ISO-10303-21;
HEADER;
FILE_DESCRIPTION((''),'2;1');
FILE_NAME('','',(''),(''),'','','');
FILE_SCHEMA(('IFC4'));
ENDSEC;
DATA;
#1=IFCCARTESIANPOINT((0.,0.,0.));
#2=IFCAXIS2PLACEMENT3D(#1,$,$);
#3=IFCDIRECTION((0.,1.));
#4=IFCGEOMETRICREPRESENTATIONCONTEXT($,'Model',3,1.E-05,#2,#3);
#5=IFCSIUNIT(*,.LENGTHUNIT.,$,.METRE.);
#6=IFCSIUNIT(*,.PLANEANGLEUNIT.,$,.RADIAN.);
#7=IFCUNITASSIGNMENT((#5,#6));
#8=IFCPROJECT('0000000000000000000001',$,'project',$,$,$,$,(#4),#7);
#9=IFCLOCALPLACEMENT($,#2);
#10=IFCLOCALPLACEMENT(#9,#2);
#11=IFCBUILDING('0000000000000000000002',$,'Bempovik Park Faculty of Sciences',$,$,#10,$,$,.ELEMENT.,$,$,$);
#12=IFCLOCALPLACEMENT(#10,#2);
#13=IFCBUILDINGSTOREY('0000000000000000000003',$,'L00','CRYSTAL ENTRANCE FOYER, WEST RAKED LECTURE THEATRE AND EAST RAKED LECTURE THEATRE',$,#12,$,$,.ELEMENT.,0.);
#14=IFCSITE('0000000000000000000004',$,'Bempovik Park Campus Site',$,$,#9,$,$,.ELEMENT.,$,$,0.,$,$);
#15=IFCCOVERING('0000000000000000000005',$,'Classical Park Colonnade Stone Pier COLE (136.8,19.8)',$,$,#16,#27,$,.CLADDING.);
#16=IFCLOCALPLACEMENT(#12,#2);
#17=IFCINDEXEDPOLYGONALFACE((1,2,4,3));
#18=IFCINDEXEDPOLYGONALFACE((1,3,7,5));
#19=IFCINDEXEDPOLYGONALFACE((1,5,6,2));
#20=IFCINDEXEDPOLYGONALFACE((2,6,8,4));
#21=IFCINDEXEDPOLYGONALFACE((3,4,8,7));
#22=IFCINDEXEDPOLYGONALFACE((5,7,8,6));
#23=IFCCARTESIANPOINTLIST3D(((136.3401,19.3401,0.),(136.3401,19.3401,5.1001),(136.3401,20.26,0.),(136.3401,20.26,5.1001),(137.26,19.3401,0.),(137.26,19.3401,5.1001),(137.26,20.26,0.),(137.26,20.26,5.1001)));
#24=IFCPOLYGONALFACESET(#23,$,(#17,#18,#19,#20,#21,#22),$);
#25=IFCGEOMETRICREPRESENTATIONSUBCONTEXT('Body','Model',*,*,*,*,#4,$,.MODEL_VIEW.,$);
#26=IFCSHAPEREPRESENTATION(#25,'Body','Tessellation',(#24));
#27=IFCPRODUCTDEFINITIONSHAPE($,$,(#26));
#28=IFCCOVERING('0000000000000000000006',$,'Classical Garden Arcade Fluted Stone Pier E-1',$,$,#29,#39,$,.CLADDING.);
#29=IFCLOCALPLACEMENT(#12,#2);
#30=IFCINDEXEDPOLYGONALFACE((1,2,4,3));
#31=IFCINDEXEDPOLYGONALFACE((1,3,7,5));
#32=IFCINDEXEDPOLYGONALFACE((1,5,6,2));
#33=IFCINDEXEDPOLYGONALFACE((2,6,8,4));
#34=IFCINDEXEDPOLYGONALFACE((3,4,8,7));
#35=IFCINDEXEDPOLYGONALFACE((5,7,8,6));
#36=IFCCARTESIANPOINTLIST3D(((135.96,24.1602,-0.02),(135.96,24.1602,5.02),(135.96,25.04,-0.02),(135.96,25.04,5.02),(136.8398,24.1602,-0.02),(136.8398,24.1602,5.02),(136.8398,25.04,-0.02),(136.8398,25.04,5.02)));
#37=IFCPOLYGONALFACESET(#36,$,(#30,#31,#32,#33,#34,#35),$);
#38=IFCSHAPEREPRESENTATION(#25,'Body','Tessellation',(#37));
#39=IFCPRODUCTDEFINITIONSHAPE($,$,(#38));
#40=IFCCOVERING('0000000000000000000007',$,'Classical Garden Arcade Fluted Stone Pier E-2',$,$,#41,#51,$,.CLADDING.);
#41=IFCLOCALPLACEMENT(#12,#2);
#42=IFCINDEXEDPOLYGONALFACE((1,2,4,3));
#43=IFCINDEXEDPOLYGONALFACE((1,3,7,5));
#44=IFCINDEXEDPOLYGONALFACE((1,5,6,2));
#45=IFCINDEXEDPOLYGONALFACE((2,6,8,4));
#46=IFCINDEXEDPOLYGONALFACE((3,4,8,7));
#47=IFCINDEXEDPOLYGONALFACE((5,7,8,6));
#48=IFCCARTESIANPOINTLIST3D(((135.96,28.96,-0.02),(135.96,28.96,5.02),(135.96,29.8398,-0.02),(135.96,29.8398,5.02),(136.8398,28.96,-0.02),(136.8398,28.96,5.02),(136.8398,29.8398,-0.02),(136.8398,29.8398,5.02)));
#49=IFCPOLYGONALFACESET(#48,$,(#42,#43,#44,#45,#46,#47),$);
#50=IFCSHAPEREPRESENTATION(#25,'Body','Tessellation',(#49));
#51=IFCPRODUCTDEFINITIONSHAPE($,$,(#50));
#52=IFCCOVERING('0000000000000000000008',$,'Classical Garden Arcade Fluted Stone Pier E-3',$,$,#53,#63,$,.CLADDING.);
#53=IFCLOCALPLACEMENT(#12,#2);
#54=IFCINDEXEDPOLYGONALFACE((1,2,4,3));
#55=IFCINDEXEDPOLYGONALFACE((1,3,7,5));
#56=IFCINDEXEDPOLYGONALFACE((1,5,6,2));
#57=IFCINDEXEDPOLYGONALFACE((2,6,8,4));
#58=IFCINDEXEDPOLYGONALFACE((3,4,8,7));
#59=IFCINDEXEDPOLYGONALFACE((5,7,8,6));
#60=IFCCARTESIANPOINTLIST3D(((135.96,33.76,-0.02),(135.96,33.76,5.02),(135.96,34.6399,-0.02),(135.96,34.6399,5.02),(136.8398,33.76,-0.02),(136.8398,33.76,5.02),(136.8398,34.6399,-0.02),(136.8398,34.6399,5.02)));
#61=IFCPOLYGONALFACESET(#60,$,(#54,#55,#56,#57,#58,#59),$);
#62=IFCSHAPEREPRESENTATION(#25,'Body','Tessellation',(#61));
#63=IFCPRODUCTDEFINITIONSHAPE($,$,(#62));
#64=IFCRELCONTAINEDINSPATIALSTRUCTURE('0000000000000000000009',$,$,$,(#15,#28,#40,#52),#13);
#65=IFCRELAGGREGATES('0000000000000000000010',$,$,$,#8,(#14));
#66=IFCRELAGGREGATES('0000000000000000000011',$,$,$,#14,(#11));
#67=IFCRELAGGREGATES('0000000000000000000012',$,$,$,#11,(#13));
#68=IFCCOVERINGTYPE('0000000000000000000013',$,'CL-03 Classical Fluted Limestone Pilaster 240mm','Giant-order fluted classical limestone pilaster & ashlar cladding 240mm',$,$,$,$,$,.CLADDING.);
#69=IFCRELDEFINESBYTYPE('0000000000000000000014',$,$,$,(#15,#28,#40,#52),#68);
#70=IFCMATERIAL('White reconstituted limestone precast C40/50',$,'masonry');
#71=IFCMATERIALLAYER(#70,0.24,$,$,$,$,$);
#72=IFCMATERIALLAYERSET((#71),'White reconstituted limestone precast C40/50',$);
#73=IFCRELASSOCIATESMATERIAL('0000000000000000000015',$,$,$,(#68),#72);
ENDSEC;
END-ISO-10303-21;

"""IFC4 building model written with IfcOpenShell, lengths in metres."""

from ifc_helpers import new_model, si_unit, direction, frame, origin, origin_2d, place, context, subcontext, project, spatial, rectangle, extrude, material, layer, layer_set, type_object, element, save


model = new_model("IFC4")

# Units and contexts
model_context = context("Model", 3, precision=1e-05, world=origin(), true_north=direction((0.0, 1.0)))
body_context = subcontext(model_context, "Body", "Model", "MODEL_VIEW")
ifc_project = project(units=[si_unit("LENGTHUNIT", "METRE"), si_unit("PLANEANGLEUNIT", "RADIAN")], contexts=[model_context])

# Site, building, storey
site_placement = place(None, origin())
site = spatial("IfcSite", under=ifc_project, at=site_placement, Name="Bempovik Park Campus Site", CompositionType="ELEMENT", RefElevation=0.0)
building_placement = place(site_placement, origin())
building = spatial("IfcBuilding", under=site, at=building_placement, Name="Bempovik Park Faculty of Sciences", CompositionType="ELEMENT")
storey_placement = place(building_placement, origin())
storey = spatial("IfcBuildingStorey", under=building, at=storey_placement, Name="L00", Description="CRYSTAL ENTRANCE FOYER, WEST RAKED LECTURE THEATRE AND EAST RAKED LECTURE THEATRE", CompositionType="ELEMENT", Elevation=0.0)

# Coverings
ifc_material_1 = material(Name="White reconstituted limestone precast C40/50", Category="masonry")
ifc_layer_1 = layer(ifc_material_1, 0.24)
ifc_layer_set_1 = layer_set([ifc_layer_1], Name="White reconstituted limestone precast C40/50")
covering_type = type_object("IfcCoveringType", Name="CL-03 Classical Fluted Limestone Pilaster 240mm", Description="Giant-order fluted classical limestone pilaster & ashlar cladding 240mm", PredefinedType="CLADDING", material=ifc_layer_set_1)
for number, where, z_axis, x_axis, name in (
    (1, (136.8, 19.8, 0.0), (0.0, 0.0, 1.0), (1.0, 0.0, 0.0), "Classical Park Colonnade Stone Pier COLE (136.8,19.8)"),
):
    element("IfcCovering", number, at=place(storey_placement, frame(where, z_axis=z_axis, x_axis=x_axis)), inside=storey, type_object=covering_type, Name=name, PredefinedType="CLADDING", context=body_context, shape_type="SweptSolid", body=[
        extrude(rectangle(XDim=0.9199, YDim=0.9199, at=origin_2d()), origin(), (0.0, 0.0, 1.0), 5.1001),
    ])
for number, where, z_axis, x_axis, name in (
    (2, (136.3999, 24.6001, -0.02), (0.0, 0.0, 1.0), (1.0, 0.0, 0.0), "Classical Garden Arcade Fluted Stone Pier E-1"),
    (3, (136.3999, 29.3999, -0.02), (0.0, 0.0, 1.0), (1.0, 0.0, 0.0), "Classical Garden Arcade Fluted Stone Pier E-2"),
    (4, (136.3999, 34.2, -0.02), (0.0, 0.0, 1.0), (1.0, 0.0, 0.0), "Classical Garden Arcade Fluted Stone Pier E-3"),
):
    element("IfcCovering", number, at=place(storey_placement, frame(where, z_axis=z_axis, x_axis=x_axis)), inside=storey, type_object=covering_type, Name=name, PredefinedType="CLADDING", context=body_context, shape_type="SweptSolid", body=[
        extrude(rectangle(XDim=0.8799, YDim=0.8799, at=origin_2d()), origin(), (0.0, 0.0, 1.0), 5.04),
    ])

save(model, "model.ifc")
